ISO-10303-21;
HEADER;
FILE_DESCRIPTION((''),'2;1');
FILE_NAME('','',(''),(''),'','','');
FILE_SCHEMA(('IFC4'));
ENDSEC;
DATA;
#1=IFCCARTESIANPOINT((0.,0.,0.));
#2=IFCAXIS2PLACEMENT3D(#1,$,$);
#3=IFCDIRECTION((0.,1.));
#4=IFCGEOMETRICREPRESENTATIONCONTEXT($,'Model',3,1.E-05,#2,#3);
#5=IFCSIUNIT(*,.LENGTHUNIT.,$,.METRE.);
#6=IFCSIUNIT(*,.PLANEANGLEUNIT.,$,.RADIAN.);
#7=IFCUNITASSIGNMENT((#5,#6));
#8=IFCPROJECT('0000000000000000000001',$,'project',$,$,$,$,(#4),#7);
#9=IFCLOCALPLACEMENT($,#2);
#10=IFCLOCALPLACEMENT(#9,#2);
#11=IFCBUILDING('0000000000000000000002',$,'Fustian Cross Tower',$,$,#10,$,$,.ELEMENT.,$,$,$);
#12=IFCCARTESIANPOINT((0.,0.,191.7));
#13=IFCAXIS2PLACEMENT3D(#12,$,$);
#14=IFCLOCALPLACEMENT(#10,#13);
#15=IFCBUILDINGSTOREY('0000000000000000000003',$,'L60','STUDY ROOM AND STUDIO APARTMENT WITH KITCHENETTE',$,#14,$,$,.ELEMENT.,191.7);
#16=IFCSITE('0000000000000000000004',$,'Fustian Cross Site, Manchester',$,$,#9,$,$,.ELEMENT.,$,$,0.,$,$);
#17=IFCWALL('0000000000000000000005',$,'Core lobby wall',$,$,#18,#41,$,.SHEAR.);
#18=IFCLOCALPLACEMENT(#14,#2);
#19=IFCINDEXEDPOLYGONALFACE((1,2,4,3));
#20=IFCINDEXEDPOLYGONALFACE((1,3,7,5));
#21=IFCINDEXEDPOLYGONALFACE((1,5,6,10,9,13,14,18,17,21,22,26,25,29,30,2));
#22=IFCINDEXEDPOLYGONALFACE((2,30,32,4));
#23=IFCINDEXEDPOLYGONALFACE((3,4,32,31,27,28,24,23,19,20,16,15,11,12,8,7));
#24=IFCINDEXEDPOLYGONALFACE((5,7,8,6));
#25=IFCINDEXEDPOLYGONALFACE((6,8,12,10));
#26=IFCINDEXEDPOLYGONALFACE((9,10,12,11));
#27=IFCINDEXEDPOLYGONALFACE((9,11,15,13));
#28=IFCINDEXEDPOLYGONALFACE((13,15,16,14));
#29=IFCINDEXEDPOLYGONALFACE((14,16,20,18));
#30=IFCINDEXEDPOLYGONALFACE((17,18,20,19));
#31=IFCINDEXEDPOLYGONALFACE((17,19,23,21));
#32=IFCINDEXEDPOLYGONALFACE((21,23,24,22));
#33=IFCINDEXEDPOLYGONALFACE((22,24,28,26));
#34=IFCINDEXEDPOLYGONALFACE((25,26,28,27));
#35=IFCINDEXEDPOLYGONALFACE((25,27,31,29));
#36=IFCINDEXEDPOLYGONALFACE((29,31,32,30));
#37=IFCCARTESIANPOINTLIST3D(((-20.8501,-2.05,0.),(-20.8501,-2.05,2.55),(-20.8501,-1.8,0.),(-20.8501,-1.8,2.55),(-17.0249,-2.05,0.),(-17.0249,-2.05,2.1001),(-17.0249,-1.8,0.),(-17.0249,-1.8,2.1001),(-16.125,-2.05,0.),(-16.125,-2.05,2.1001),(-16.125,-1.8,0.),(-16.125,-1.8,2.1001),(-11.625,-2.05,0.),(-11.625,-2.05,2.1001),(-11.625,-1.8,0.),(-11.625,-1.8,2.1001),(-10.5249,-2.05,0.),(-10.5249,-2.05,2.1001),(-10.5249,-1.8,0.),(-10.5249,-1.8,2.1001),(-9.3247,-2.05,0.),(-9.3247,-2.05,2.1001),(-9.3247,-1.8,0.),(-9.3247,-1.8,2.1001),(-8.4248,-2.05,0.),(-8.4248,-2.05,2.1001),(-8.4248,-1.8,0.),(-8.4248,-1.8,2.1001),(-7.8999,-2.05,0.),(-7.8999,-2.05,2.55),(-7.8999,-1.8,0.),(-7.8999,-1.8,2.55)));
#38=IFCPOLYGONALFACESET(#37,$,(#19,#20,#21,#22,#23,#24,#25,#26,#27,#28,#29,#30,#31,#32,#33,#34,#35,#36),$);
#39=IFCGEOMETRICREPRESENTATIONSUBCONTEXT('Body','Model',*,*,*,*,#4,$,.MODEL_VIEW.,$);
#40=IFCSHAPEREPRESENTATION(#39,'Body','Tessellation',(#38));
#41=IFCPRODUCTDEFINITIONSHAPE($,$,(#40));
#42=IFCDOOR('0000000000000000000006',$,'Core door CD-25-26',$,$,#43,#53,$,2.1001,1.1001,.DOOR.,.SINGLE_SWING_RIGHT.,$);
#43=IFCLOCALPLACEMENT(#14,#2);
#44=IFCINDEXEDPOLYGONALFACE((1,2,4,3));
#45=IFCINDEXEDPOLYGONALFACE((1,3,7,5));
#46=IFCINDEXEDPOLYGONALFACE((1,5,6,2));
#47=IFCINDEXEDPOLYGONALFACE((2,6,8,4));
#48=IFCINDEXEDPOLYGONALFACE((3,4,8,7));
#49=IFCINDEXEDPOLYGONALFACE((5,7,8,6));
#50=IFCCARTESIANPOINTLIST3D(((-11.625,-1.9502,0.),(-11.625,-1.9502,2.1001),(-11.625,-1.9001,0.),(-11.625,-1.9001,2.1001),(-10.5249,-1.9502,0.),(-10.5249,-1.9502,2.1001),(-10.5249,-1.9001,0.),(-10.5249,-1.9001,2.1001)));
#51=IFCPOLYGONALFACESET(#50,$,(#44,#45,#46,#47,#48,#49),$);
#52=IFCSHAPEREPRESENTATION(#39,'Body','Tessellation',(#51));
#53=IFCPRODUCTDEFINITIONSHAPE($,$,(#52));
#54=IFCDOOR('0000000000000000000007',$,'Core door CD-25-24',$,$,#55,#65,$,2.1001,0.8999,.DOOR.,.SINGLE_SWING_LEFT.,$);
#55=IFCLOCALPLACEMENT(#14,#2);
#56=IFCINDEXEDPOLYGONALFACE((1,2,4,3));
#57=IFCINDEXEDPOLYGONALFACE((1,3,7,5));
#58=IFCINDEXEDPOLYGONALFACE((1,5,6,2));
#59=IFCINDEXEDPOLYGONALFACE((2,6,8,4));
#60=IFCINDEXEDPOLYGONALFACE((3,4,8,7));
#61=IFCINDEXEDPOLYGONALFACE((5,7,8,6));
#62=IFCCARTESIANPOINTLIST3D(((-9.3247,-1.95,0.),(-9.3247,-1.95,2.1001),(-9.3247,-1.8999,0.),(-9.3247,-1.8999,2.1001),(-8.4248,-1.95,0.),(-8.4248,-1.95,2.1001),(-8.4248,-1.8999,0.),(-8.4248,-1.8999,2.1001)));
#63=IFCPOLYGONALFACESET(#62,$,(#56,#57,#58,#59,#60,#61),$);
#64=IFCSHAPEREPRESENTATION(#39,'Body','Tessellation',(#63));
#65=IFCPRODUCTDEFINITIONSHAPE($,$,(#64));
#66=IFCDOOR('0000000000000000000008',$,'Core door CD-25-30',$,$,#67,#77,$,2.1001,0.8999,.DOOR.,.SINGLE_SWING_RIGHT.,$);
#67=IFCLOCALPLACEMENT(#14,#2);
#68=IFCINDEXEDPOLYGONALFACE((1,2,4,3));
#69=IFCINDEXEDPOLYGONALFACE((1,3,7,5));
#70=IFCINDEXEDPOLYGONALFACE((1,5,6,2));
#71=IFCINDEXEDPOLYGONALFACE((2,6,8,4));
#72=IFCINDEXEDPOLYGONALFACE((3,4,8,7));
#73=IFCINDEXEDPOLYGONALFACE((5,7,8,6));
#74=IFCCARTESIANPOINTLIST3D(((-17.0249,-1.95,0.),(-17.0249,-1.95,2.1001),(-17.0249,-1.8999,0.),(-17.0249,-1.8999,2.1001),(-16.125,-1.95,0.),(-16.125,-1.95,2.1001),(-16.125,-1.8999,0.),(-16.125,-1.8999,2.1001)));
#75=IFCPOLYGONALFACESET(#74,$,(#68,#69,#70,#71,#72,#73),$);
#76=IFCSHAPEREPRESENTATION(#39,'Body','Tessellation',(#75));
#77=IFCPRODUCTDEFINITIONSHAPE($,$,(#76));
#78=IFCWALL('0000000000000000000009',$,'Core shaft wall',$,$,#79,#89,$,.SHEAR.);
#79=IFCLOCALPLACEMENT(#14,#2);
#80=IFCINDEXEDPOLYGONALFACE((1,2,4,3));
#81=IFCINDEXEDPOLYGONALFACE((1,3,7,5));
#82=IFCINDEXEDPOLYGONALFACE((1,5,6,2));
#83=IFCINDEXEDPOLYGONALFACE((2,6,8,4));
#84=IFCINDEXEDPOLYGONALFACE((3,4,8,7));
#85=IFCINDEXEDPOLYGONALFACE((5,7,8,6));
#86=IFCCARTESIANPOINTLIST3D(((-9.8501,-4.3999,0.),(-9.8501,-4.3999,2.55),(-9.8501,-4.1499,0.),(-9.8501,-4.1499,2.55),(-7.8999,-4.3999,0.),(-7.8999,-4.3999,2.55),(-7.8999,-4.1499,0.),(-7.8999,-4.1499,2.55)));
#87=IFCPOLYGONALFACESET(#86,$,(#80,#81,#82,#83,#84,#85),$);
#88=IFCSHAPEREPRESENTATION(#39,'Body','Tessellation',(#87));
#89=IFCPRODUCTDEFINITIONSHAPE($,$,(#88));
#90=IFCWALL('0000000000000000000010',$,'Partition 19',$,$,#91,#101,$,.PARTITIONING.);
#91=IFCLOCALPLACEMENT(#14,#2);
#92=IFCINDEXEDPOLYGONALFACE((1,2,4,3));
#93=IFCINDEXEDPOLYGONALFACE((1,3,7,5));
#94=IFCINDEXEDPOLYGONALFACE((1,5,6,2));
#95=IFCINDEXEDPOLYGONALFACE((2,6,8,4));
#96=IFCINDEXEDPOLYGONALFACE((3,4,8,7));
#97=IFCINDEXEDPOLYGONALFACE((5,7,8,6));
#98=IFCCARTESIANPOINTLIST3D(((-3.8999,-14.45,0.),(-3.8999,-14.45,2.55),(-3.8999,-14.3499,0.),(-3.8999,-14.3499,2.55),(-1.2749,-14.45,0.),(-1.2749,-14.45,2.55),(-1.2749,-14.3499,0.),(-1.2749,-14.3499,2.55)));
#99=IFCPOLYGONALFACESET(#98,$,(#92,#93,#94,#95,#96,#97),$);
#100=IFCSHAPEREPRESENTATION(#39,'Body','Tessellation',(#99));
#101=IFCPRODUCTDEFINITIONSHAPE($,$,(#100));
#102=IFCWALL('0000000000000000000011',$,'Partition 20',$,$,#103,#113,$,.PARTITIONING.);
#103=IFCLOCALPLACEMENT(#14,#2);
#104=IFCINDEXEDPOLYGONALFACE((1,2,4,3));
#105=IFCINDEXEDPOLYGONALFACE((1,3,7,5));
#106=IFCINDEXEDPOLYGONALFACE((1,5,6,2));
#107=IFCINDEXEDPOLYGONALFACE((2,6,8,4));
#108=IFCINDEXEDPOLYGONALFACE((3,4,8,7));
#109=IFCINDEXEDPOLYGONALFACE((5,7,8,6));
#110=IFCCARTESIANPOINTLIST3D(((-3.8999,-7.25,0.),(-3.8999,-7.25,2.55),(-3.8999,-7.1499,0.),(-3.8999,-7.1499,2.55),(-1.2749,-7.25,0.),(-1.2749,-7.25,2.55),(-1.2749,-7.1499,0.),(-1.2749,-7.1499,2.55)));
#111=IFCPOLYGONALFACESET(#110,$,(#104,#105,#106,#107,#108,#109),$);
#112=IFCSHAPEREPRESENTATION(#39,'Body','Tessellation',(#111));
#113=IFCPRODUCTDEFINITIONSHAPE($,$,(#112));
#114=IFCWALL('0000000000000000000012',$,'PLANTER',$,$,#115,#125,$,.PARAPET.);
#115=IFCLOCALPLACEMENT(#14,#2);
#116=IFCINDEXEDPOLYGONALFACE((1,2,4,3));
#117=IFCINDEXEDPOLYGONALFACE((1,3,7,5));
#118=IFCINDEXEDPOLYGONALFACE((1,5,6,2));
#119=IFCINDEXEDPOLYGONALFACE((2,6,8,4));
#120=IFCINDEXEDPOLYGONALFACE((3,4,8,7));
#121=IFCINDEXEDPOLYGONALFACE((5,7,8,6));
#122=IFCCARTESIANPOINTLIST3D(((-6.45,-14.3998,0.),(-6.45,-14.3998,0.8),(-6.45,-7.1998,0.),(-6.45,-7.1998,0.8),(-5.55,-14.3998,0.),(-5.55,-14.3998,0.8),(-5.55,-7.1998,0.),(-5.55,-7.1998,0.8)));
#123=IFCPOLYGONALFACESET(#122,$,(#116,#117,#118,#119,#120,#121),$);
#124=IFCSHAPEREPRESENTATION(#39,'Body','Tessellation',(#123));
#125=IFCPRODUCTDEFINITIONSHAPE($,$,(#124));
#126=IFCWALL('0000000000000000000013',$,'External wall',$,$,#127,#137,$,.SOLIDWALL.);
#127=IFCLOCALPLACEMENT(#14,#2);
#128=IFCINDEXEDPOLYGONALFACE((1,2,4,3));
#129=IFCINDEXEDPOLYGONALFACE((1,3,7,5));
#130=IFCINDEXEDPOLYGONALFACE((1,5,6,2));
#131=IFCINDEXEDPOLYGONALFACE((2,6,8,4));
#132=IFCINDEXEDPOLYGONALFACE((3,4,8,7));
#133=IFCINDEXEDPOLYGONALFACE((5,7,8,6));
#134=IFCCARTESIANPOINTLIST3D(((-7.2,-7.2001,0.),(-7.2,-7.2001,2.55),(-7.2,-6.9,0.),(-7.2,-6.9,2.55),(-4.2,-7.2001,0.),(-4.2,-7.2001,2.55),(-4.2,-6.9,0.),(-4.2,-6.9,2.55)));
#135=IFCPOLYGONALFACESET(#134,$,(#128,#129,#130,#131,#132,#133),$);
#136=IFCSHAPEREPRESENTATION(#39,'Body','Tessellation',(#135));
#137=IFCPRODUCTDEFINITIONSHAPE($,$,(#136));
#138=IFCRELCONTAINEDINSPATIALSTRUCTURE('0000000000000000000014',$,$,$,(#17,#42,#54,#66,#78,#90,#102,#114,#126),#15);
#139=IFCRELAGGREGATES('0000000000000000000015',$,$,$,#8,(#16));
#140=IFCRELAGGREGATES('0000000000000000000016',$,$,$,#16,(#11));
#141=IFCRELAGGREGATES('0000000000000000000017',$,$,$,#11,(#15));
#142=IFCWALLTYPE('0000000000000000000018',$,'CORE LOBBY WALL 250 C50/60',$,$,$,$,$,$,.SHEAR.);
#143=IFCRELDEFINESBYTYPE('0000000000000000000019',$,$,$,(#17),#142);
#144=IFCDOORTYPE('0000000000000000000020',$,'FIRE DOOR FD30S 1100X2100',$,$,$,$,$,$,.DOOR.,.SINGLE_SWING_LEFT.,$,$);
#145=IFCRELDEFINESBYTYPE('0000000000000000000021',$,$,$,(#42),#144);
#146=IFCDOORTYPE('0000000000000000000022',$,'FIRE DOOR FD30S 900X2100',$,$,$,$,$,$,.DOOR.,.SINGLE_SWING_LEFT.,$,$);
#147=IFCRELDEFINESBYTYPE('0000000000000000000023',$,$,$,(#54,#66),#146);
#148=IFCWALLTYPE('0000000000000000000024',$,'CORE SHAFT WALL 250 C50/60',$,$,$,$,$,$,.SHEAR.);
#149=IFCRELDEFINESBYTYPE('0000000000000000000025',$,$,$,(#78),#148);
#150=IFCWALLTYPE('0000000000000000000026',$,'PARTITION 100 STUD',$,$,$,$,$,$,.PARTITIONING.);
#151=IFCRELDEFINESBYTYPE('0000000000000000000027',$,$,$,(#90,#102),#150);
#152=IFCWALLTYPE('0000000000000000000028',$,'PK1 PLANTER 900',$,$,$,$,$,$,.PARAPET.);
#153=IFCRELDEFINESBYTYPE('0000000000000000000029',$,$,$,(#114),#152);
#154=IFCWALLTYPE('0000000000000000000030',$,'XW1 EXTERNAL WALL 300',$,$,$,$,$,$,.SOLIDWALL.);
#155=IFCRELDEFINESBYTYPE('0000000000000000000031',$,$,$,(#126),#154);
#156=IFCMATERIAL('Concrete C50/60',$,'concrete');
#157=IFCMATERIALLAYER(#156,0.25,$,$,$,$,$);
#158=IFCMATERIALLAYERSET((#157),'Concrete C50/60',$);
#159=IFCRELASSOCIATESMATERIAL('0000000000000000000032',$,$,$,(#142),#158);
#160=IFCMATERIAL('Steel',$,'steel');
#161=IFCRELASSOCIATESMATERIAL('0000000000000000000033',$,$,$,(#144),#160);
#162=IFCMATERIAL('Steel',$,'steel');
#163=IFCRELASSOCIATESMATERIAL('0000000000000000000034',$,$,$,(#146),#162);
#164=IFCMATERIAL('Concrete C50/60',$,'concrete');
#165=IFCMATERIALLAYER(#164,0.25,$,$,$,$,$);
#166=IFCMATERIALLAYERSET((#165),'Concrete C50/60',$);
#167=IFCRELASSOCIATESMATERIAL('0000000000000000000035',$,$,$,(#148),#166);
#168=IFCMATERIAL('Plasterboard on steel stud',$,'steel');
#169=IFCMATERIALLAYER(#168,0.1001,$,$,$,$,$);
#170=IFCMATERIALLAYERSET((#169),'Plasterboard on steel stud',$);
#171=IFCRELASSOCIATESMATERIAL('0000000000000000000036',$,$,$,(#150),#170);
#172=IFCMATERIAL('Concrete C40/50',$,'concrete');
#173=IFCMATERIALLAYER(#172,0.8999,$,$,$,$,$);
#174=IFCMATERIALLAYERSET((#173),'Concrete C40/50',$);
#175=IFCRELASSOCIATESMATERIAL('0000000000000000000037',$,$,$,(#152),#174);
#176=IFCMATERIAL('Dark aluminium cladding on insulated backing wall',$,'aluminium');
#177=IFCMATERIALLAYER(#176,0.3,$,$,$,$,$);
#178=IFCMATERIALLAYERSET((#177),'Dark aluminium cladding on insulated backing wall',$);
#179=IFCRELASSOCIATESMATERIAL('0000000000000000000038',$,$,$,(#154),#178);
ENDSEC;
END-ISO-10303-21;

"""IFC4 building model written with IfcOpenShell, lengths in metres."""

from ifc_helpers import new_model, si_unit, direction, frame, frame_2d, origin, place, context, subcontext, project, spatial, rectangle, extrude, material, layer, layer_set, type_object, element, fill, save


model = new_model("IFC4")

# Units and contexts
model_context = context("Model", 3, precision=1e-05, world=origin(), true_north=direction((0.0, 1.0)))
body_context = subcontext(model_context, "Body", "Model", "MODEL_VIEW")
ifc_project = project(units=[si_unit("LENGTHUNIT", "METRE"), si_unit("PLANEANGLEUNIT", "RADIAN")], contexts=[model_context])

# Site, building, storey
site_placement = place(None, origin())
site = spatial("IfcSite", under=ifc_project, at=site_placement, Name="Fustian Cross Site, Manchester", CompositionType="ELEMENT", RefElevation=0.0)
building_placement = place(site_placement, origin())
building = spatial("IfcBuilding", under=site, at=building_placement, Name="Fustian Cross Tower", CompositionType="ELEMENT")
storey_placement = place(building_placement, frame((0.0, 0.0, 191.7)))
storey = spatial("IfcBuildingStorey", under=building, at=storey_placement, Name="L60", Description="STUDY ROOM AND STUDIO APARTMENT WITH KITCHENETTE", CompositionType="ELEMENT", Elevation=191.7)

# Wall, openings, doors
ifc_material_1 = material(Name="Concrete C50/60", Category="concrete")
ifc_layer_1 = layer(ifc_material_1, 0.25)
ifc_layer_set_1 = layer_set([ifc_layer_1], Name="Concrete C50/60")
wall_type_1 = type_object("IfcWallType", Name="CORE LOBBY WALL 250 C50/60", PredefinedType="SHEAR", material=ifc_layer_set_1)
wall_1_placement = place(storey_placement, frame((-7.8999, -1.925, 0.0), z_axis=(0.0, 0.0, 1.0), x_axis=(-1.0, 0.0, 0.0)))
wall_1 = element("IfcWall", 1, at=wall_1_placement, inside=storey, type_object=wall_type_1, Name="Core lobby wall", PredefinedType="SHEAR", context=body_context, shape_type="SweptSolid", body=[
    extrude(rectangle(XDim=12.9502, YDim=0.25, at=frame_2d((6.4751, 0.0))), origin(), (0.0, 0.0, 1.0), 2.55),
])
opening_1_placement = place(wall_1_placement, frame((0.5249, 0.0, 0.0)))
opening_1 = element("IfcOpeningElement", 2, at=opening_1_placement, cuts=wall_1, PredefinedType="OPENING", context=body_context, shape_type="SweptSolid", body=[
    extrude(rectangle(XDim=0.8999, YDim=2.1001, at=frame_2d((0.45, 1.05))), frame((0.0, 0.135, 0.0), z_axis=(0.0, -1.0, 0.0), x_axis=(1.0, 0.0, 0.0)), (0.0, 0.0, 1.0), 0.27),
])
opening_2_placement = place(wall_1_placement, frame((2.625, 0.0, 0.0)))
opening_2 = element("IfcOpeningElement", 3, at=opening_2_placement, cuts=wall_1, PredefinedType="OPENING", context=body_context, shape_type="SweptSolid", body=[
    extrude(rectangle(XDim=1.1001, YDim=2.1001, at=frame_2d((0.55, 1.05))), frame((0.0, 0.135, 0.0), z_axis=(0.0, -1.0, 0.0), x_axis=(1.0, 0.0, 0.0)), (0.0, 0.0, 1.0), 0.27),
])
opening_3_placement = place(wall_1_placement, frame((8.2251, 0.0, 0.0)))
opening_3 = element("IfcOpeningElement", 4, at=opening_3_placement, cuts=wall_1, PredefinedType="OPENING", context=body_context, shape_type="SweptSolid", body=[
    extrude(rectangle(XDim=0.8999, YDim=2.1001, at=frame_2d((0.45, 1.05))), frame((0.0, 0.135, 0.0), z_axis=(0.0, -1.0, 0.0), x_axis=(1.0, 0.0, 0.0)), (0.0, 0.0, 1.0), 0.27),
])
ifc_material_2 = material(Name="Steel", Category="steel")
door_type_1 = type_object("IfcDoorType", Name="FIRE DOOR FD30S 1100X2100", OperationType="SINGLE_SWING_LEFT", PredefinedType="DOOR", material=ifc_material_2)
door_1_placement = place(opening_2_placement, frame((1.1001, 0.0, 0.0), z_axis=(0.0, 0.0, 1.0), x_axis=(-1.0, 0.0, 0.0)))
door_1 = element("IfcDoor", 5, at=door_1_placement, inside=storey, type_object=door_type_1, Name="Core door CD-25-26", OperationType="SINGLE_SWING_RIGHT", OverallHeight=2.1001, OverallWidth=1.1001, PredefinedType="DOOR", context=body_context, shape_type="SweptSolid", body=[
    extrude(rectangle(XDim=1.1001, YDim=2.1001, at=frame_2d((0.55, 1.05))), frame((0.0, 0.0249, 0.0), z_axis=(0.0, -1.0, 0.0), x_axis=(1.0, 0.0, 0.0)), (0.0, 0.0, 1.0), 0.05),
])
fill(opening_2, door_1)
ifc_material_3 = material(Name="Steel", Category="steel")
door_type_2 = type_object("IfcDoorType", Name="FIRE DOOR FD30S 900X2100", OperationType="SINGLE_SWING_LEFT", PredefinedType="DOOR", material=ifc_material_3)
door_2_placement = place(opening_1_placement, origin())
door_2 = element("IfcDoor", 6, at=door_2_placement, inside=storey, type_object=door_type_2, Name="Core door CD-25-24", OperationType="SINGLE_SWING_LEFT", OverallHeight=2.1001, OverallWidth=0.8999, PredefinedType="DOOR", context=body_context, shape_type="SweptSolid", body=[
    extrude(rectangle(XDim=0.8999, YDim=2.1001, at=frame_2d((0.45, 1.05))), frame((0.0, 0.0249, 0.0), z_axis=(0.0, -1.0, 0.0), x_axis=(1.0, 0.0, 0.0)), (0.0, 0.0, 1.0), 0.05),
])
fill(opening_1, door_2)
door_3_placement = place(opening_3_placement, origin())
door_3 = element("IfcDoor", 7, at=door_3_placement, inside=storey, type_object=door_type_2, Name="Core door CD-25-30", OperationType="SINGLE_SWING_RIGHT", OverallHeight=2.1001, OverallWidth=0.8999, PredefinedType="DOOR", context=body_context, shape_type="SweptSolid", body=[
    extrude(rectangle(XDim=0.8999, YDim=2.1001, at=frame_2d((0.45, 1.05))), frame((0.0, 0.0249, 0.0), z_axis=(0.0, -1.0, 0.0), x_axis=(1.0, 0.0, 0.0)), (0.0, 0.0, 1.0), 0.05),
])
fill(opening_3, door_3)

# Walls
ifc_material_4 = material(Name="Concrete C50/60", Category="concrete")
ifc_layer_2 = layer(ifc_material_4, 0.25)
ifc_layer_set_2 = layer_set([ifc_layer_2], Name="Concrete C50/60")
wall_type_2 = type_object("IfcWallType", Name="CORE SHAFT WALL 250 C50/60", PredefinedType="SHEAR", material=ifc_layer_set_2)
wall_2_placement = place(storey_placement, frame((-7.8999, -4.2749, 0.0), z_axis=(0.0, 0.0, 1.0), x_axis=(-1.0, 0.0, 0.0)))
element("IfcWall", 8, at=wall_2_placement, inside=storey, type_object=wall_type_2, Name="Core shaft wall", PredefinedType="SHEAR", context=body_context, shape_type="SweptSolid", body=[
    extrude(rectangle(XDim=1.9502, YDim=0.25, at=frame_2d((0.9751, 0.0))), origin(), (0.0, 0.0, 1.0), 2.55),
])
ifc_material_5 = material(Name="Plasterboard on steel stud", Category="steel")
ifc_layer_3 = layer(ifc_material_5, 0.1001)
ifc_layer_set_3 = layer_set([ifc_layer_3], Name="Plasterboard on steel stud")
wall_type_3 = type_object("IfcWallType", Name="PARTITION 100 STUD", PredefinedType="PARTITIONING", material=ifc_layer_set_3)
for number, where, z_axis, x_axis, name in (
    (9, (-3.8999, -14.3999, 0.0), (0.0, 0.0, 1.0), (1.0, 0.0, 0.0), "Partition 19"),
    (10, (-3.8999, -7.2, 0.0), (0.0, 0.0, 1.0), (1.0, 0.0, 0.0), "Partition 20"),
):
    element("IfcWall", number, at=place(storey_placement, frame(where, z_axis=z_axis, x_axis=x_axis)), inside=storey, type_object=wall_type_3, Name=name, PredefinedType="PARTITIONING", context=body_context, shape_type="SweptSolid", body=[
        extrude(rectangle(XDim=2.625, YDim=0.1001, at=frame_2d((1.3125, 0.0))), origin(), (0.0, 0.0, 1.0), 2.55),
    ])
ifc_material_6 = material(Name="Concrete C40/50", Category="concrete")
ifc_layer_4 = layer(ifc_material_6, 0.8999)
ifc_layer_set_4 = layer_set([ifc_layer_4], Name="Concrete C40/50")
wall_type_4 = type_object("IfcWallType", Name="PK1 PLANTER 900", PredefinedType="PARAPET", material=ifc_layer_set_4)
wall_3_placement = place(storey_placement, frame((-6.0, -14.3999, 0.0), z_axis=(0.0, 0.0, 1.0), x_axis=(0.0, 1.0, 0.0)))
element("IfcWall", 11, at=wall_3_placement, inside=storey, type_object=wall_type_4, Name="PLANTER", PredefinedType="PARAPET", context=body_context, shape_type="SweptSolid", body=[
    extrude(rectangle(XDim=7.2, YDim=0.8999, at=frame_2d((3.6001, 0.0))), origin(), (0.0, 0.0, 1.0), 0.8),
])
ifc_material_7 = material(Name="Dark aluminium cladding on insulated backing wall", Category="aluminium")
ifc_layer_5 = layer(ifc_material_7, 0.3)
ifc_layer_set_5 = layer_set([ifc_layer_5], Name="Dark aluminium cladding on insulated backing wall")
wall_type_5 = type_object("IfcWallType", Name="XW1 EXTERNAL WALL 300", PredefinedType="SOLIDWALL", material=ifc_layer_set_5)
wall_4_placement = place(storey_placement, frame((-7.2, -7.05, 0.0), z_axis=(0.0, 0.0, 1.0), x_axis=(1.0, 0.0, 0.0)))
element("IfcWall", 12, at=wall_4_placement, inside=storey, type_object=wall_type_5, Name="External wall", PredefinedType="SOLIDWALL", context=body_context, shape_type="SweptSolid", body=[
    extrude(rectangle(XDim=3.0, YDim=0.3, at=frame_2d((1.5, 0.0))), origin(), (0.0, 0.0, 1.0), 2.55),
])

save(model, "model.ifc")
